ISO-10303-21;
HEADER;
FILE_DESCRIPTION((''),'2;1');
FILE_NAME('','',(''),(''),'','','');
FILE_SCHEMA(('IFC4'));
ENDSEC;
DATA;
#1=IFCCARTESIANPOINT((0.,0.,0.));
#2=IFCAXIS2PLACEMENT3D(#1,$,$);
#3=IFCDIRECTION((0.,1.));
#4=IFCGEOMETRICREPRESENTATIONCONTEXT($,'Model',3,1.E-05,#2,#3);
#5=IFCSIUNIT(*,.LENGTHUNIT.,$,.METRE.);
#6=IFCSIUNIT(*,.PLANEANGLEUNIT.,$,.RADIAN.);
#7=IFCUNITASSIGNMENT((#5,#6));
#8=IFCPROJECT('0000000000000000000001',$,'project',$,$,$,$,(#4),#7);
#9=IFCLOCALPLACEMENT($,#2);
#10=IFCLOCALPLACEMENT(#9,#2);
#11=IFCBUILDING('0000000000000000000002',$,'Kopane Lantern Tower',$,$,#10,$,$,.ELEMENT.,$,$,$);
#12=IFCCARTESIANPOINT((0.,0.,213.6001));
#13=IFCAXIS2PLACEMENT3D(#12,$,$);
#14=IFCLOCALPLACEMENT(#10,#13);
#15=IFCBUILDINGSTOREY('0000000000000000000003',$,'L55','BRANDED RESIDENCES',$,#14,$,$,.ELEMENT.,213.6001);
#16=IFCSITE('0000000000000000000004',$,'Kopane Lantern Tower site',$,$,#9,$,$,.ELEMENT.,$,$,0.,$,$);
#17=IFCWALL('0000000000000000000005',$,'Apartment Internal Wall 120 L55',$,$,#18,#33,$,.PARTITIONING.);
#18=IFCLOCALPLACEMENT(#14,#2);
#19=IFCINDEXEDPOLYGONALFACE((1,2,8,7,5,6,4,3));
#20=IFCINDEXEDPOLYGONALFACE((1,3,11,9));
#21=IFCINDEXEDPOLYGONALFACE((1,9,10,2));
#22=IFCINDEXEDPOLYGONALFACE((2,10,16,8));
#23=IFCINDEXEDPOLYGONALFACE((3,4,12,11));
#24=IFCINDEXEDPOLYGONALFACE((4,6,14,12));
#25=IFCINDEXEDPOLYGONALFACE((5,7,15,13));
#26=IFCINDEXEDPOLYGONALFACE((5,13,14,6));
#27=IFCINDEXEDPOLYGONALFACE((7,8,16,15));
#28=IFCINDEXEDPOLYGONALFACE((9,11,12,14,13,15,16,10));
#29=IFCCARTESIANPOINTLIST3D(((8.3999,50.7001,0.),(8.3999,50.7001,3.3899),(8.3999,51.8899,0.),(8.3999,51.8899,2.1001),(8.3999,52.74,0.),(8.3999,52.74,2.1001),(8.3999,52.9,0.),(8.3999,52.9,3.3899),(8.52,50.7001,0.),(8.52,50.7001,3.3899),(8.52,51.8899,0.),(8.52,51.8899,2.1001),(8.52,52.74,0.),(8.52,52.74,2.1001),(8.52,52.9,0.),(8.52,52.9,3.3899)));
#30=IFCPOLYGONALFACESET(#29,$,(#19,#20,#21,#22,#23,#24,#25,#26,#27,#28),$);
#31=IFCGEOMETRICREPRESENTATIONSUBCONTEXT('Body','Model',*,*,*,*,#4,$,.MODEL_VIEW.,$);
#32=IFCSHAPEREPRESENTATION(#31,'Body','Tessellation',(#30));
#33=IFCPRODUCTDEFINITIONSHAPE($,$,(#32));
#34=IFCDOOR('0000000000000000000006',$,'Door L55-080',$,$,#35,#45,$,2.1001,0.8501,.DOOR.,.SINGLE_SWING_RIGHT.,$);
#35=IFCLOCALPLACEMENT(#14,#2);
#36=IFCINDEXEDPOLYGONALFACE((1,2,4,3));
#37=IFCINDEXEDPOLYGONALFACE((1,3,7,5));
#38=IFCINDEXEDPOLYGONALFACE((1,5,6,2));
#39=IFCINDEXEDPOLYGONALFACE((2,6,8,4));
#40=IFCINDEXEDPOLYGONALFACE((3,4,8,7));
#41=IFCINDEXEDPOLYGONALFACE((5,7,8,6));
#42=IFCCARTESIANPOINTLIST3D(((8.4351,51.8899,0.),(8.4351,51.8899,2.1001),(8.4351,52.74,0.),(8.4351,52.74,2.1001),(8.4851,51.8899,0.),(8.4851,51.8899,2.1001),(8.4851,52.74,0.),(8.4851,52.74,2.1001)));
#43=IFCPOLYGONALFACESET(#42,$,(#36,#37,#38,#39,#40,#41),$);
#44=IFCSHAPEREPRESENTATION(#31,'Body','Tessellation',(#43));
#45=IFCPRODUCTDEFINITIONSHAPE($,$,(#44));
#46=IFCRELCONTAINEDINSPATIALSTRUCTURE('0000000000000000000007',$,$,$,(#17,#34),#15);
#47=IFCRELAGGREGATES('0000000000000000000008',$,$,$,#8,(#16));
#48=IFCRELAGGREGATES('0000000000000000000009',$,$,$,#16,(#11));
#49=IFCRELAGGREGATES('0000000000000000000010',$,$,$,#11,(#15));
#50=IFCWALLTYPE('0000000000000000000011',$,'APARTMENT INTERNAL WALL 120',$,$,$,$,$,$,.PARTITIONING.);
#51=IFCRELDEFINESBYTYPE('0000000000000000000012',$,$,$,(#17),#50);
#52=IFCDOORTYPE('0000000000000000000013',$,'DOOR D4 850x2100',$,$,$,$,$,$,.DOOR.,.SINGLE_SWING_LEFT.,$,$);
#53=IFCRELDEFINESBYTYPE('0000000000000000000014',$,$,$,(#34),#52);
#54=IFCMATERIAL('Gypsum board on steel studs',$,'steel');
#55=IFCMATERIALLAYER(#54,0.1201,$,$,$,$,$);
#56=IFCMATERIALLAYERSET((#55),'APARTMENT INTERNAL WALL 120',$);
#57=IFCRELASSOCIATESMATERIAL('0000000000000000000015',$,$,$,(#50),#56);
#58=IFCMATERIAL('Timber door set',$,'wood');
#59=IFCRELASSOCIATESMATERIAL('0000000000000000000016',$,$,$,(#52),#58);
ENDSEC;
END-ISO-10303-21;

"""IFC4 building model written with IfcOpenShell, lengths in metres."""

from ifc_helpers import new_model, si_unit, direction, frame, frame_2d, origin, place, context, subcontext, project, spatial, rectangle, extrude, material, layer, layer_set, type_object, element, fill, save


model = new_model("IFC4")

# Units and contexts
model_context = context("Model", 3, precision=1e-05, world=origin(), true_north=direction((0.0, 1.0)))
body_context = subcontext(model_context, "Body", "Model", "MODEL_VIEW")
ifc_project = project(units=[si_unit("LENGTHUNIT", "METRE"), si_unit("PLANEANGLEUNIT", "RADIAN")], contexts=[model_context])

# Site, building, storey
site_placement = place(None, origin())
site = spatial("IfcSite", under=ifc_project, at=site_placement, Name="Kopane Lantern Tower site", CompositionType="ELEMENT", RefElevation=0.0)
building_placement = place(site_placement, origin())
building = spatial("IfcBuilding", under=site, at=building_placement, Name="Kopane Lantern Tower", CompositionType="ELEMENT")
storey_placement = place(building_placement, frame((0.0, 0.0, 213.6001)))
storey = spatial("IfcBuildingStorey", under=building, at=storey_placement, Name="L55", Description="BRANDED RESIDENCES", CompositionType="ELEMENT", Elevation=213.6001)

# Shared definitions
ifc_material_1 = material(Name="Gypsum board on steel studs", Category="steel")
ifc_layer = layer(ifc_material_1, 0.1201)
ifc_layer_set = layer_set([ifc_layer], Name="APARTMENT INTERNAL WALL 120")
wall_type = type_object("IfcWallType", Name="APARTMENT INTERNAL WALL 120", PredefinedType="PARTITIONING", material=ifc_layer_set)
ifc_material_2 = material(Name="Timber door set", Category="wood")
door_type = type_object("IfcDoorType", Name="DOOR D4 850x2100", OperationType="SINGLE_SWING_LEFT", PredefinedType="DOOR", material=ifc_material_2)

# Wall, opening, door
wall_1_placement = place(storey_placement, frame((8.46, 50.7, 0.0), z_axis=(0.0, 0.0, 1.0), x_axis=(0.0, 1.0, 0.0)))
wall_1 = element("IfcWall", 1, at=wall_1_placement, inside=storey, type_object=wall_type, Name="Apartment Internal Wall 120 L55", PredefinedType="PARTITIONING", context=body_context, shape_type="SweptSolid", body=[
    extrude(rectangle(XDim=2.2, YDim=0.1201, at=frame_2d((1.1001, 0.0))), origin(), (0.0, 0.0, 1.0), 3.3899),
])
opening_1_placement = place(wall_1_placement, frame((1.1899, 0.0, 0.0)))
opening_1 = element("IfcOpeningElement", 2, at=opening_1_placement, cuts=wall_1, PredefinedType="OPENING", context=body_context, shape_type="SweptSolid", body=[
    extrude(rectangle(XDim=0.8501, YDim=2.1001, at=frame_2d((0.425, 1.05))), frame((0.0, 0.0701, 0.0), z_axis=(0.0, -1.0, 0.0), x_axis=(1.0, 0.0, 0.0)), (0.0, 0.0, 1.0), 0.1401),
])
door_1_placement = place(opening_1_placement, origin())
door_1 = element("IfcDoor", 3, at=door_1_placement, inside=storey, type_object=door_type, Name="Door L55-080", OperationType="SINGLE_SWING_RIGHT", OverallHeight=2.1001, OverallWidth=0.8501, PredefinedType="DOOR", context=body_context, shape_type="SweptSolid", body=[
    extrude(rectangle(XDim=0.8501, YDim=2.1001, at=frame_2d((0.425, 1.05))), frame((0.0, 0.0249, 0.0), z_axis=(0.0, -1.0, 0.0), x_axis=(1.0, 0.0, 0.0)), (0.0, 0.0, 1.0), 0.05),
])
fill(opening_1, door_1)

save(model, "model.ifc")
